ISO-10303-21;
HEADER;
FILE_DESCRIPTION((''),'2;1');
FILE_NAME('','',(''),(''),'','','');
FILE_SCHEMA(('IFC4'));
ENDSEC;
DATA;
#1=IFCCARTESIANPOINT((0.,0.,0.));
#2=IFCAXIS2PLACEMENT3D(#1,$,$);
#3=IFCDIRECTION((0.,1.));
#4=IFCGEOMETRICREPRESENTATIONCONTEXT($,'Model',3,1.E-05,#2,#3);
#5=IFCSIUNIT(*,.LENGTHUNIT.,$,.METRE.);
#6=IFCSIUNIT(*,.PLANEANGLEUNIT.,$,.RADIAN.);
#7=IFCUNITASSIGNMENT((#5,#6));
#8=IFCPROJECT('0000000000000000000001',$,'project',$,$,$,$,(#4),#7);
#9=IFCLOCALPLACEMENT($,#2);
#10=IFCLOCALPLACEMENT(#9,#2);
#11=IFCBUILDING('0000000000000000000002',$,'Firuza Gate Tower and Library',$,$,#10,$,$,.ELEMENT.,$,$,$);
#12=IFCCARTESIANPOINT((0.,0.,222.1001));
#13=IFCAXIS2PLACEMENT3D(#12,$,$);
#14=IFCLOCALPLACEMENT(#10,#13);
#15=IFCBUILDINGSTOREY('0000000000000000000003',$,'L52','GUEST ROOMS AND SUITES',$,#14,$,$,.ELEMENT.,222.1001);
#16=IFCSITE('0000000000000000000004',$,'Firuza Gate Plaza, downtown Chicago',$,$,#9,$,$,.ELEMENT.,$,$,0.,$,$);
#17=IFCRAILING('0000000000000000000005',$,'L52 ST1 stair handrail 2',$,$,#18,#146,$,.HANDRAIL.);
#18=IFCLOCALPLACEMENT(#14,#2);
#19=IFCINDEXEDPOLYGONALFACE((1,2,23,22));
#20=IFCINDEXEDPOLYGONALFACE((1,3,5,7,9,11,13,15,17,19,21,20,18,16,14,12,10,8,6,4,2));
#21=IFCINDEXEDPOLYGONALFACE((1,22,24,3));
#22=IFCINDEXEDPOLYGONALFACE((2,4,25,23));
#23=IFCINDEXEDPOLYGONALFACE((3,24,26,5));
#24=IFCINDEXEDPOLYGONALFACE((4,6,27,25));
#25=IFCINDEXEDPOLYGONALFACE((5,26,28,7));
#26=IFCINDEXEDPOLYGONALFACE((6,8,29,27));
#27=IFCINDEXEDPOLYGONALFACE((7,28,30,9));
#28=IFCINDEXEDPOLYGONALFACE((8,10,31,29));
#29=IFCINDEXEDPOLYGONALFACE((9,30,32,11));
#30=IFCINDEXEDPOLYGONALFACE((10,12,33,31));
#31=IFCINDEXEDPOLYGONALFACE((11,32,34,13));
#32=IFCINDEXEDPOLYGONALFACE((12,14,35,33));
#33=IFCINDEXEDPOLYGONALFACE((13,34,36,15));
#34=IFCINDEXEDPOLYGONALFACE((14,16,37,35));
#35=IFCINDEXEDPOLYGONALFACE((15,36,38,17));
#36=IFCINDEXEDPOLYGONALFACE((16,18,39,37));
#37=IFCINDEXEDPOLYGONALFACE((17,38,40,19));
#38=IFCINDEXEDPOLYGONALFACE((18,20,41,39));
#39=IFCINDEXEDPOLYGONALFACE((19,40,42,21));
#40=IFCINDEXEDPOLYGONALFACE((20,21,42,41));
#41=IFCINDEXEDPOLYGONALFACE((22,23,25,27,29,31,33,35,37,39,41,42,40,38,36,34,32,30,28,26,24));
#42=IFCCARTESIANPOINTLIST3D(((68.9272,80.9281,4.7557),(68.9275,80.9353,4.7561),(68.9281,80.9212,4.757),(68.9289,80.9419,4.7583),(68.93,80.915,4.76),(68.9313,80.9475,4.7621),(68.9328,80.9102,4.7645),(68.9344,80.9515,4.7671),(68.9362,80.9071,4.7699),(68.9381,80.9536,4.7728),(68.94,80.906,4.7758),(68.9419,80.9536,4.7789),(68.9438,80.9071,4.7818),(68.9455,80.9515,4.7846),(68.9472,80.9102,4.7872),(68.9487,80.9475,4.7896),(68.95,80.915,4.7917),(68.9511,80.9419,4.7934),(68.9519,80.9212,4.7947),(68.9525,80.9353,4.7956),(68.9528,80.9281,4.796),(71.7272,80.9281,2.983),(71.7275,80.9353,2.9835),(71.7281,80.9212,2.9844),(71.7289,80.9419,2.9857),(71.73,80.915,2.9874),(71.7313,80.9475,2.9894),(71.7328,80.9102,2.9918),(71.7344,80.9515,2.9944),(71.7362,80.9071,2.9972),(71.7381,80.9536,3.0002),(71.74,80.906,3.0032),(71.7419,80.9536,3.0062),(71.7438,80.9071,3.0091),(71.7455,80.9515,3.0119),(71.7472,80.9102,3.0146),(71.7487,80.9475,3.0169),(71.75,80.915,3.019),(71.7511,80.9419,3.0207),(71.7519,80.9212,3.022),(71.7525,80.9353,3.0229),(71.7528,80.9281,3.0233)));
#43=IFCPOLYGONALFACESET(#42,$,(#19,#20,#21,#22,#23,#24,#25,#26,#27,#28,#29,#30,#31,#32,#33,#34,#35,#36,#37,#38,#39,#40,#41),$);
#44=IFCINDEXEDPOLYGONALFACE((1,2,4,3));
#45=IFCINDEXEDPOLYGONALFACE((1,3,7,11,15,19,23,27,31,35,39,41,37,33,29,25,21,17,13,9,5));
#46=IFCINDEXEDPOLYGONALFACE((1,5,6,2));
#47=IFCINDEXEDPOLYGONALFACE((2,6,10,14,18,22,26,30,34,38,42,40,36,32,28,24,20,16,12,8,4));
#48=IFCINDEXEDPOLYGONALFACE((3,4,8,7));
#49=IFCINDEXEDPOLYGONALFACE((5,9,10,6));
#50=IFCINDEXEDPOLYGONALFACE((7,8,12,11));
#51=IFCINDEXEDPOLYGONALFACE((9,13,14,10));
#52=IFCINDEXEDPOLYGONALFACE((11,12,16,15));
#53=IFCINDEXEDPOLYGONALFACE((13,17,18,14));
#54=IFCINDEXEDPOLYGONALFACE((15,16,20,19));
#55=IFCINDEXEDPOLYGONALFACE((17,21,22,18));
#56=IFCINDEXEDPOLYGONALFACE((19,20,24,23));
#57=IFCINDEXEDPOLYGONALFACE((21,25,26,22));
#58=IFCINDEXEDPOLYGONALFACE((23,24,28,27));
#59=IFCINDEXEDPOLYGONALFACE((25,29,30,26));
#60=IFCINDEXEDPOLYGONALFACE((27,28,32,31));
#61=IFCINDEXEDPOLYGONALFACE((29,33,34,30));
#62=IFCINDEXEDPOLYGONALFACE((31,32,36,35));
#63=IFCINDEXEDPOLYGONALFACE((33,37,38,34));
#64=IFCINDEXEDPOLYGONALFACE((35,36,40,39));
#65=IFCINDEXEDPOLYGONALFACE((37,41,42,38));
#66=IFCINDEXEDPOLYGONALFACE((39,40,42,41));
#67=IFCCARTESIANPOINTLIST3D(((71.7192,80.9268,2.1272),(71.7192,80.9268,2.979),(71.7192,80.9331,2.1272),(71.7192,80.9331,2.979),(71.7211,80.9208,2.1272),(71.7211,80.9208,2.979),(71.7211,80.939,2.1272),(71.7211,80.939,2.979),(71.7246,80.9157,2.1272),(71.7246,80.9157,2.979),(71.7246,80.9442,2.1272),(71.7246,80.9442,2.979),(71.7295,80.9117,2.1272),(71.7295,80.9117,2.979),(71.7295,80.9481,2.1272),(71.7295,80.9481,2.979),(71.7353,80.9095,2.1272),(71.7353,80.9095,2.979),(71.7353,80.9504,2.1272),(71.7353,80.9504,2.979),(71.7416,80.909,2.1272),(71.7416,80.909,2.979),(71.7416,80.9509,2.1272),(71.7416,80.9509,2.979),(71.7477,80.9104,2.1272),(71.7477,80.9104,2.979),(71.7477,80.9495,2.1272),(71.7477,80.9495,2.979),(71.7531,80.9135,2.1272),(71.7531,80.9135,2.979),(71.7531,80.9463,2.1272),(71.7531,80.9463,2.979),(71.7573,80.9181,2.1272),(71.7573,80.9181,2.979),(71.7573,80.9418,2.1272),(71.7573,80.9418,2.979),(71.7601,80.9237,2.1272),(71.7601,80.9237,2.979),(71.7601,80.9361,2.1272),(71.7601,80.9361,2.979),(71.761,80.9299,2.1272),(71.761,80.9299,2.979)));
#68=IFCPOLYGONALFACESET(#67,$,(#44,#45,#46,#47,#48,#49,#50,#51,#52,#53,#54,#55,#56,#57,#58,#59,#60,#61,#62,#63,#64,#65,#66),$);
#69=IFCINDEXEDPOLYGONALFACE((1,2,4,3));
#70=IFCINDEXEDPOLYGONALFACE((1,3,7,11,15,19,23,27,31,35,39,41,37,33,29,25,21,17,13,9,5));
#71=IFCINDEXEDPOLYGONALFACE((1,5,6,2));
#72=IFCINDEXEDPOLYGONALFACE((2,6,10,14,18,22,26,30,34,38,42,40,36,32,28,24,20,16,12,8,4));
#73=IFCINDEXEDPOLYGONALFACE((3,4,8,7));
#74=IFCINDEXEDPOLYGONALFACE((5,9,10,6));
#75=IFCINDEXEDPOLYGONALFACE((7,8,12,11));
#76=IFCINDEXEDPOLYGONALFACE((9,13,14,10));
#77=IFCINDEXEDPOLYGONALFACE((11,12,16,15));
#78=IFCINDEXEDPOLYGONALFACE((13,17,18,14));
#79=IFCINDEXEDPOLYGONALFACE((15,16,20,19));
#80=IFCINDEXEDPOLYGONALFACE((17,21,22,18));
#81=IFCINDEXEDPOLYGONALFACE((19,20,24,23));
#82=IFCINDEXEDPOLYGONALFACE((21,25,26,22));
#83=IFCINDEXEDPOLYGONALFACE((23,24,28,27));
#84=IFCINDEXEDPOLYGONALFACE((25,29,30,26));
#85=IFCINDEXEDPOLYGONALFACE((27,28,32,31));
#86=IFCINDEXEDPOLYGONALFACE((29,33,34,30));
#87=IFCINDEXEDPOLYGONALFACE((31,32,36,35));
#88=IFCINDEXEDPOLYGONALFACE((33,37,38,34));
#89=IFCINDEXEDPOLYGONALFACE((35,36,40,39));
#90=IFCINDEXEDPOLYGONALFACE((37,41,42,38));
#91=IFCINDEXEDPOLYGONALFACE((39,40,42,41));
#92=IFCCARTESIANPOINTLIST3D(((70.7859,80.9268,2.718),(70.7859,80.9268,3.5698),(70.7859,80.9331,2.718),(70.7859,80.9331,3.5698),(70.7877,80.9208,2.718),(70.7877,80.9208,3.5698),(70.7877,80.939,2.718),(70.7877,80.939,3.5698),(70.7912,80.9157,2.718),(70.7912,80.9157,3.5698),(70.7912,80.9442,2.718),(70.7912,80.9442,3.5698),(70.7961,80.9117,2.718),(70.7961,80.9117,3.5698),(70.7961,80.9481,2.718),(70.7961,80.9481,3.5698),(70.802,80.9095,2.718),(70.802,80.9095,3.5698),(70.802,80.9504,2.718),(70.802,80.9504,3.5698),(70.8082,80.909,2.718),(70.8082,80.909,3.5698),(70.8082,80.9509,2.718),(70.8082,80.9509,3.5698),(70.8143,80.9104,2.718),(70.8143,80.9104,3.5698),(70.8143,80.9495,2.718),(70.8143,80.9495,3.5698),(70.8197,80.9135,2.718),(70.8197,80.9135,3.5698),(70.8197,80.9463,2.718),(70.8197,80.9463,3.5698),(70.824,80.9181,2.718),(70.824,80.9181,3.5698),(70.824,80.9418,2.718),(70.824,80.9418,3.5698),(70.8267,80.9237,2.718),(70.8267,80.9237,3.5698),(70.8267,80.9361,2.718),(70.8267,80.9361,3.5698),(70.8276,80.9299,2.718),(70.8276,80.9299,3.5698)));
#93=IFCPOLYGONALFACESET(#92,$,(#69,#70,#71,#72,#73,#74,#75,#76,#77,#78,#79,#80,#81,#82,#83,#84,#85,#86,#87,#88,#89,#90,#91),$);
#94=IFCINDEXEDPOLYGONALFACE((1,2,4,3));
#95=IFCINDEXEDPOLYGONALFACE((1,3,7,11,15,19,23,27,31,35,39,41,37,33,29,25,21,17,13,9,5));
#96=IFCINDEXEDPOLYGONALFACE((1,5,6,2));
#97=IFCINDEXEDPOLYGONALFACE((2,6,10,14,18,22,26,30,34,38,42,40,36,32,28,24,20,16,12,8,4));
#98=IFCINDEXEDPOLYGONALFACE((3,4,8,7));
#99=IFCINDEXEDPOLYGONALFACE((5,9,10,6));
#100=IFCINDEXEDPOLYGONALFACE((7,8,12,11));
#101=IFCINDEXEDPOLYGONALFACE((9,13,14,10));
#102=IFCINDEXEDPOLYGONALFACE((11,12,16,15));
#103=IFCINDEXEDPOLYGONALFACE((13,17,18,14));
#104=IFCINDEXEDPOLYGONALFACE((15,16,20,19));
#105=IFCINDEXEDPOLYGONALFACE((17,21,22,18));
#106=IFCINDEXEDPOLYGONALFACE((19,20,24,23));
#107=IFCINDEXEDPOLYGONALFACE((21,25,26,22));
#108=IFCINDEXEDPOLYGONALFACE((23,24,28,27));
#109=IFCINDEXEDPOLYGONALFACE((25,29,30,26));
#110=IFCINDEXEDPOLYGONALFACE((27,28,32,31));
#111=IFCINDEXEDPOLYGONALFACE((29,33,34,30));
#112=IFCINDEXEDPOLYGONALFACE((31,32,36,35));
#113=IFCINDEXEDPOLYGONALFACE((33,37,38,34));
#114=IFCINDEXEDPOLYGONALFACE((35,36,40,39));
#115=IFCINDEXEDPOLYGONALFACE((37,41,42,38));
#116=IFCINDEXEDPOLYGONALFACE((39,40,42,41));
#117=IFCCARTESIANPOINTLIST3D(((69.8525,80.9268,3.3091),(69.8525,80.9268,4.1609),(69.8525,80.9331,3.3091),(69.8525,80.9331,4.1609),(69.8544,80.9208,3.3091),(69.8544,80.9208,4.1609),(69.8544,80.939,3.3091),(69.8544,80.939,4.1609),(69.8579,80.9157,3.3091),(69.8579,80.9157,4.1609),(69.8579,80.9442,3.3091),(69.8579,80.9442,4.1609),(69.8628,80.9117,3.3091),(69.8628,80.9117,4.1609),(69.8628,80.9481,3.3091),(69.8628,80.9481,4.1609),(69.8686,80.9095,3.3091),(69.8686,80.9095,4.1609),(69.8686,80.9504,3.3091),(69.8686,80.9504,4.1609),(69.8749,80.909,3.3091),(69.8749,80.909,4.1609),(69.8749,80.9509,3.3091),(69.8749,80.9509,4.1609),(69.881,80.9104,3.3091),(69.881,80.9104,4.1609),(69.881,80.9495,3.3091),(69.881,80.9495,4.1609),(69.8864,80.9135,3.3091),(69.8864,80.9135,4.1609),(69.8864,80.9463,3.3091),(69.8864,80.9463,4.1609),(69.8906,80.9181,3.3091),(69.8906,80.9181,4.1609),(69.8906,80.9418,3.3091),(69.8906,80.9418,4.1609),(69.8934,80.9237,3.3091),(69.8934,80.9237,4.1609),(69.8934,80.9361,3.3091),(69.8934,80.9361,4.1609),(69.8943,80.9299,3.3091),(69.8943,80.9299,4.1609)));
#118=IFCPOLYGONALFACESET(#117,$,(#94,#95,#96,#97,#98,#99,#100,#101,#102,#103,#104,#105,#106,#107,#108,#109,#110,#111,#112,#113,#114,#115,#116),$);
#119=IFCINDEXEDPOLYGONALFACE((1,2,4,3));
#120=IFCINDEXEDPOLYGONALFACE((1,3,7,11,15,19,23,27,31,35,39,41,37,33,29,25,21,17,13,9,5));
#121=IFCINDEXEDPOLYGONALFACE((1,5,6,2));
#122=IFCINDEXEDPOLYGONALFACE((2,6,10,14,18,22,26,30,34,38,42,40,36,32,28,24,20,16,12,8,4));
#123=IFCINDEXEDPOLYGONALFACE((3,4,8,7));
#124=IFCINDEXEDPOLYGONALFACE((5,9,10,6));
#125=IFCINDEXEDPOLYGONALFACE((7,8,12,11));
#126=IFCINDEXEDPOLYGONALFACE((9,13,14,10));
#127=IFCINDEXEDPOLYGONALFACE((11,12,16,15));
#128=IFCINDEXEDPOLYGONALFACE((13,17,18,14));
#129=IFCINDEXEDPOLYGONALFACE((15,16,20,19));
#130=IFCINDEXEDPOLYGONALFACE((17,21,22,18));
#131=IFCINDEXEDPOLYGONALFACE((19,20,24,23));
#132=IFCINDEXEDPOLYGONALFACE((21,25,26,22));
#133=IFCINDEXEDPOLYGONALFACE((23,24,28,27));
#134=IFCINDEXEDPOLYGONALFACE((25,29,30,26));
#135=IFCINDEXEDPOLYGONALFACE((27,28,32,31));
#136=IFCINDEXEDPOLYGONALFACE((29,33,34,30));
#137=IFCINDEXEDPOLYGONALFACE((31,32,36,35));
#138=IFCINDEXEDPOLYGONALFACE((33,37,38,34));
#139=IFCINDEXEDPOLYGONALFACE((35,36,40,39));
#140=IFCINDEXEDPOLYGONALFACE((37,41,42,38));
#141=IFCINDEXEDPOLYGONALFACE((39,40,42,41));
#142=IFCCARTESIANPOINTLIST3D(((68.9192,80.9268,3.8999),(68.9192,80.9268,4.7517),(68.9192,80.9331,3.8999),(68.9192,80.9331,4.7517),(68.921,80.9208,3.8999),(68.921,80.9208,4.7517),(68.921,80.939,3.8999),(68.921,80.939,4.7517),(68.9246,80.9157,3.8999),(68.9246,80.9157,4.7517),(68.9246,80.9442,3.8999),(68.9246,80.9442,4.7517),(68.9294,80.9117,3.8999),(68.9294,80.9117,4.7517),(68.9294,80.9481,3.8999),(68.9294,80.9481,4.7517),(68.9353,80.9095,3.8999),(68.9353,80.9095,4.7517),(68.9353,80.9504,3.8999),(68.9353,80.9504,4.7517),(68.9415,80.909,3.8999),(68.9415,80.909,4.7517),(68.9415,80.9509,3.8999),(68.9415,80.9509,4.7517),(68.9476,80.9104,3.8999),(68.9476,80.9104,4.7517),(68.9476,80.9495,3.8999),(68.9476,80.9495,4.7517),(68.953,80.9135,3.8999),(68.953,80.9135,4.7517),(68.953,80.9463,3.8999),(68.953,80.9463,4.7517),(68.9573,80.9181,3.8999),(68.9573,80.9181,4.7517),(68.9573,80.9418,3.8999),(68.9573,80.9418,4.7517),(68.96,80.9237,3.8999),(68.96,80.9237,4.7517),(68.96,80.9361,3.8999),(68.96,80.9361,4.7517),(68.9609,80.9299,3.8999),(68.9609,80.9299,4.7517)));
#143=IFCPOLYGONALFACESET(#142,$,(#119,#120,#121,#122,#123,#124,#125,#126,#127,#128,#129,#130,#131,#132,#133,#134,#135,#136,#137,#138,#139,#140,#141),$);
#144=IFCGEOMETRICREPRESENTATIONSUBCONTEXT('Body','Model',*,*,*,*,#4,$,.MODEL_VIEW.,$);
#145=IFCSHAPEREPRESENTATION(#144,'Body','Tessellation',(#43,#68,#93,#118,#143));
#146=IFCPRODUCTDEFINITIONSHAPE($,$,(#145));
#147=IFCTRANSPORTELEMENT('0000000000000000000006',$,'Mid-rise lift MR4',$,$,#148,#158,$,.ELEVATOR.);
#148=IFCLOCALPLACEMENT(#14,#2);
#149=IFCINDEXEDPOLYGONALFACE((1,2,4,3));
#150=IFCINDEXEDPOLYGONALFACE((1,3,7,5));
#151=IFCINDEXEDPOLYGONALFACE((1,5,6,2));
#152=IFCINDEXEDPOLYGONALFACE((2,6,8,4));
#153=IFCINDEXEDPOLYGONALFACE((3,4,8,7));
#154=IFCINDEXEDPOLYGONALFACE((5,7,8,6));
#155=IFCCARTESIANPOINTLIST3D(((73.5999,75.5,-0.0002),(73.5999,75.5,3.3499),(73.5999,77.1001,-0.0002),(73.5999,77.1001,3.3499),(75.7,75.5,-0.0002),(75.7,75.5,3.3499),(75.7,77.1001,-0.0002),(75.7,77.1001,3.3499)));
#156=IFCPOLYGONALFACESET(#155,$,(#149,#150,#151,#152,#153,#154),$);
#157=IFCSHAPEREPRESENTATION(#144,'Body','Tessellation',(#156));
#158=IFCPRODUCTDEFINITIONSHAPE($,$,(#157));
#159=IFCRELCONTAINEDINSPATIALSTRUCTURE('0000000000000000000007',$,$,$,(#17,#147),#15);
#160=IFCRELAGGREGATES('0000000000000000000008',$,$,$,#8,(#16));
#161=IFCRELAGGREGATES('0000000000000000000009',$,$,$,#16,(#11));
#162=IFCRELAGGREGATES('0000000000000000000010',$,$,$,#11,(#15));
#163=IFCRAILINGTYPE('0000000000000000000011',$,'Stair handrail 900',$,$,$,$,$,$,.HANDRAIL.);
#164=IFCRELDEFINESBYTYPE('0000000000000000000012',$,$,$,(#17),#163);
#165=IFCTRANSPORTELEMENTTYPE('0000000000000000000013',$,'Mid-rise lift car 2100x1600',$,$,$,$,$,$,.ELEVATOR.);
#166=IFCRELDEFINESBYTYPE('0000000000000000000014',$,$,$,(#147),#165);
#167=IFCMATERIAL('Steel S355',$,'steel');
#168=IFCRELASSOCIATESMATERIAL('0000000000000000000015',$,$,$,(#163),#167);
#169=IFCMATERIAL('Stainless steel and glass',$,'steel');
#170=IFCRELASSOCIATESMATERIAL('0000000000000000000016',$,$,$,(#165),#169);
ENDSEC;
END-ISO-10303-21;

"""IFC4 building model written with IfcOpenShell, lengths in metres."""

from ifc_helpers import new_model, si_unit, direction, frame, origin, origin_2d, place, context, subcontext, project, spatial, rectangle, circle, extrude, material, type_object, element, save


model = new_model("IFC4")

# Units and contexts
model_context = context("Model", 3, precision=1e-05, world=origin(), true_north=direction((0.0, 1.0)))
body_context = subcontext(model_context, "Body", "Model", "MODEL_VIEW")
ifc_project = project(units=[si_unit("LENGTHUNIT", "METRE"), si_unit("PLANEANGLEUNIT", "RADIAN")], contexts=[model_context])

# Site, building, storey
site_placement = place(None, origin())
site = spatial("IfcSite", under=ifc_project, at=site_placement, Name="Firuza Gate Plaza, downtown Chicago", CompositionType="ELEMENT", RefElevation=0.0)
building_placement = place(site_placement, origin())
building = spatial("IfcBuilding", under=site, at=building_placement, Name="Firuza Gate Tower and Library", CompositionType="ELEMENT")
storey_placement = place(building_placement, frame((0.0, 0.0, 222.1001)))
storey = spatial("IfcBuildingStorey", under=building, at=storey_placement, Name="L52", Description="GUEST ROOMS AND SUITES", CompositionType="ELEMENT", Elevation=222.1001)

# Railing
ifc_material_1 = material(Name="Steel S355", Category="steel")
railing_type_1 = type_object("IfcRailingType", Name="Stair handrail 900", PredefinedType="HANDRAIL", material=ifc_material_1)
railing_1_placement = place(storey_placement, frame((71.74, 80.9299, 2.1272)))
element("IfcRailing", 1, at=railing_1_placement, inside=storey, type_object=railing_type_1, Name="L52 ST1 stair handrail 2", PredefinedType="HANDRAIL", context=body_context, shape_type="SweptSolid", body=[
    extrude(circle(Radius=0.0239, at=origin_2d()), frame((0.0, 0.0, 0.876), z_axis=(-0.844909, 0.0, 0.53491), x_axis=(0.0, -1.0, 0.0)), (0.0, 0.0, 1.0), 3.314),
    extrude(circle(Radius=0.021, at=origin_2d()), origin(), (0.0, 0.0, 1.0), 0.8518),
    extrude(circle(Radius=0.021, at=origin_2d()), frame((-0.9333, 0.0, 0.5908)), (0.0, 0.0, 1.0), 0.8518),
    extrude(circle(Radius=0.021, at=origin_2d()), frame((-1.8667, 0.0, 1.1819)), (0.0, 0.0, 1.0), 0.8518),
    extrude(circle(Radius=0.021, at=origin_2d()), frame((-2.8, 0.0, 1.7727)), (0.0, 0.0, 1.0), 0.8518),
])

# Transport element
ifc_material_2 = material(Name="Stainless steel and glass", Category="steel")
transport_element_type = type_object("IfcTransportElementType", Name="Mid-rise lift car 2100x1600", PredefinedType="ELEVATOR", material=ifc_material_2)
transport_element_placement = place(storey_placement, frame((74.6499, 76.3, -0.0002), z_axis=(0.0, 0.0, 1.0), x_axis=(1.0, 0.0, 0.0)))
element("IfcTransportElement", 2, at=transport_element_placement, inside=storey, type_object=transport_element_type, Name="Mid-rise lift MR4", PredefinedType="ELEVATOR", context=body_context, shape_type="SweptSolid", body=[
    extrude(rectangle(XDim=2.1001, YDim=1.6001, at=origin_2d()), origin(), (0.0, 0.0, 1.0), 3.3501),
])

save(model, "model.ifc")
